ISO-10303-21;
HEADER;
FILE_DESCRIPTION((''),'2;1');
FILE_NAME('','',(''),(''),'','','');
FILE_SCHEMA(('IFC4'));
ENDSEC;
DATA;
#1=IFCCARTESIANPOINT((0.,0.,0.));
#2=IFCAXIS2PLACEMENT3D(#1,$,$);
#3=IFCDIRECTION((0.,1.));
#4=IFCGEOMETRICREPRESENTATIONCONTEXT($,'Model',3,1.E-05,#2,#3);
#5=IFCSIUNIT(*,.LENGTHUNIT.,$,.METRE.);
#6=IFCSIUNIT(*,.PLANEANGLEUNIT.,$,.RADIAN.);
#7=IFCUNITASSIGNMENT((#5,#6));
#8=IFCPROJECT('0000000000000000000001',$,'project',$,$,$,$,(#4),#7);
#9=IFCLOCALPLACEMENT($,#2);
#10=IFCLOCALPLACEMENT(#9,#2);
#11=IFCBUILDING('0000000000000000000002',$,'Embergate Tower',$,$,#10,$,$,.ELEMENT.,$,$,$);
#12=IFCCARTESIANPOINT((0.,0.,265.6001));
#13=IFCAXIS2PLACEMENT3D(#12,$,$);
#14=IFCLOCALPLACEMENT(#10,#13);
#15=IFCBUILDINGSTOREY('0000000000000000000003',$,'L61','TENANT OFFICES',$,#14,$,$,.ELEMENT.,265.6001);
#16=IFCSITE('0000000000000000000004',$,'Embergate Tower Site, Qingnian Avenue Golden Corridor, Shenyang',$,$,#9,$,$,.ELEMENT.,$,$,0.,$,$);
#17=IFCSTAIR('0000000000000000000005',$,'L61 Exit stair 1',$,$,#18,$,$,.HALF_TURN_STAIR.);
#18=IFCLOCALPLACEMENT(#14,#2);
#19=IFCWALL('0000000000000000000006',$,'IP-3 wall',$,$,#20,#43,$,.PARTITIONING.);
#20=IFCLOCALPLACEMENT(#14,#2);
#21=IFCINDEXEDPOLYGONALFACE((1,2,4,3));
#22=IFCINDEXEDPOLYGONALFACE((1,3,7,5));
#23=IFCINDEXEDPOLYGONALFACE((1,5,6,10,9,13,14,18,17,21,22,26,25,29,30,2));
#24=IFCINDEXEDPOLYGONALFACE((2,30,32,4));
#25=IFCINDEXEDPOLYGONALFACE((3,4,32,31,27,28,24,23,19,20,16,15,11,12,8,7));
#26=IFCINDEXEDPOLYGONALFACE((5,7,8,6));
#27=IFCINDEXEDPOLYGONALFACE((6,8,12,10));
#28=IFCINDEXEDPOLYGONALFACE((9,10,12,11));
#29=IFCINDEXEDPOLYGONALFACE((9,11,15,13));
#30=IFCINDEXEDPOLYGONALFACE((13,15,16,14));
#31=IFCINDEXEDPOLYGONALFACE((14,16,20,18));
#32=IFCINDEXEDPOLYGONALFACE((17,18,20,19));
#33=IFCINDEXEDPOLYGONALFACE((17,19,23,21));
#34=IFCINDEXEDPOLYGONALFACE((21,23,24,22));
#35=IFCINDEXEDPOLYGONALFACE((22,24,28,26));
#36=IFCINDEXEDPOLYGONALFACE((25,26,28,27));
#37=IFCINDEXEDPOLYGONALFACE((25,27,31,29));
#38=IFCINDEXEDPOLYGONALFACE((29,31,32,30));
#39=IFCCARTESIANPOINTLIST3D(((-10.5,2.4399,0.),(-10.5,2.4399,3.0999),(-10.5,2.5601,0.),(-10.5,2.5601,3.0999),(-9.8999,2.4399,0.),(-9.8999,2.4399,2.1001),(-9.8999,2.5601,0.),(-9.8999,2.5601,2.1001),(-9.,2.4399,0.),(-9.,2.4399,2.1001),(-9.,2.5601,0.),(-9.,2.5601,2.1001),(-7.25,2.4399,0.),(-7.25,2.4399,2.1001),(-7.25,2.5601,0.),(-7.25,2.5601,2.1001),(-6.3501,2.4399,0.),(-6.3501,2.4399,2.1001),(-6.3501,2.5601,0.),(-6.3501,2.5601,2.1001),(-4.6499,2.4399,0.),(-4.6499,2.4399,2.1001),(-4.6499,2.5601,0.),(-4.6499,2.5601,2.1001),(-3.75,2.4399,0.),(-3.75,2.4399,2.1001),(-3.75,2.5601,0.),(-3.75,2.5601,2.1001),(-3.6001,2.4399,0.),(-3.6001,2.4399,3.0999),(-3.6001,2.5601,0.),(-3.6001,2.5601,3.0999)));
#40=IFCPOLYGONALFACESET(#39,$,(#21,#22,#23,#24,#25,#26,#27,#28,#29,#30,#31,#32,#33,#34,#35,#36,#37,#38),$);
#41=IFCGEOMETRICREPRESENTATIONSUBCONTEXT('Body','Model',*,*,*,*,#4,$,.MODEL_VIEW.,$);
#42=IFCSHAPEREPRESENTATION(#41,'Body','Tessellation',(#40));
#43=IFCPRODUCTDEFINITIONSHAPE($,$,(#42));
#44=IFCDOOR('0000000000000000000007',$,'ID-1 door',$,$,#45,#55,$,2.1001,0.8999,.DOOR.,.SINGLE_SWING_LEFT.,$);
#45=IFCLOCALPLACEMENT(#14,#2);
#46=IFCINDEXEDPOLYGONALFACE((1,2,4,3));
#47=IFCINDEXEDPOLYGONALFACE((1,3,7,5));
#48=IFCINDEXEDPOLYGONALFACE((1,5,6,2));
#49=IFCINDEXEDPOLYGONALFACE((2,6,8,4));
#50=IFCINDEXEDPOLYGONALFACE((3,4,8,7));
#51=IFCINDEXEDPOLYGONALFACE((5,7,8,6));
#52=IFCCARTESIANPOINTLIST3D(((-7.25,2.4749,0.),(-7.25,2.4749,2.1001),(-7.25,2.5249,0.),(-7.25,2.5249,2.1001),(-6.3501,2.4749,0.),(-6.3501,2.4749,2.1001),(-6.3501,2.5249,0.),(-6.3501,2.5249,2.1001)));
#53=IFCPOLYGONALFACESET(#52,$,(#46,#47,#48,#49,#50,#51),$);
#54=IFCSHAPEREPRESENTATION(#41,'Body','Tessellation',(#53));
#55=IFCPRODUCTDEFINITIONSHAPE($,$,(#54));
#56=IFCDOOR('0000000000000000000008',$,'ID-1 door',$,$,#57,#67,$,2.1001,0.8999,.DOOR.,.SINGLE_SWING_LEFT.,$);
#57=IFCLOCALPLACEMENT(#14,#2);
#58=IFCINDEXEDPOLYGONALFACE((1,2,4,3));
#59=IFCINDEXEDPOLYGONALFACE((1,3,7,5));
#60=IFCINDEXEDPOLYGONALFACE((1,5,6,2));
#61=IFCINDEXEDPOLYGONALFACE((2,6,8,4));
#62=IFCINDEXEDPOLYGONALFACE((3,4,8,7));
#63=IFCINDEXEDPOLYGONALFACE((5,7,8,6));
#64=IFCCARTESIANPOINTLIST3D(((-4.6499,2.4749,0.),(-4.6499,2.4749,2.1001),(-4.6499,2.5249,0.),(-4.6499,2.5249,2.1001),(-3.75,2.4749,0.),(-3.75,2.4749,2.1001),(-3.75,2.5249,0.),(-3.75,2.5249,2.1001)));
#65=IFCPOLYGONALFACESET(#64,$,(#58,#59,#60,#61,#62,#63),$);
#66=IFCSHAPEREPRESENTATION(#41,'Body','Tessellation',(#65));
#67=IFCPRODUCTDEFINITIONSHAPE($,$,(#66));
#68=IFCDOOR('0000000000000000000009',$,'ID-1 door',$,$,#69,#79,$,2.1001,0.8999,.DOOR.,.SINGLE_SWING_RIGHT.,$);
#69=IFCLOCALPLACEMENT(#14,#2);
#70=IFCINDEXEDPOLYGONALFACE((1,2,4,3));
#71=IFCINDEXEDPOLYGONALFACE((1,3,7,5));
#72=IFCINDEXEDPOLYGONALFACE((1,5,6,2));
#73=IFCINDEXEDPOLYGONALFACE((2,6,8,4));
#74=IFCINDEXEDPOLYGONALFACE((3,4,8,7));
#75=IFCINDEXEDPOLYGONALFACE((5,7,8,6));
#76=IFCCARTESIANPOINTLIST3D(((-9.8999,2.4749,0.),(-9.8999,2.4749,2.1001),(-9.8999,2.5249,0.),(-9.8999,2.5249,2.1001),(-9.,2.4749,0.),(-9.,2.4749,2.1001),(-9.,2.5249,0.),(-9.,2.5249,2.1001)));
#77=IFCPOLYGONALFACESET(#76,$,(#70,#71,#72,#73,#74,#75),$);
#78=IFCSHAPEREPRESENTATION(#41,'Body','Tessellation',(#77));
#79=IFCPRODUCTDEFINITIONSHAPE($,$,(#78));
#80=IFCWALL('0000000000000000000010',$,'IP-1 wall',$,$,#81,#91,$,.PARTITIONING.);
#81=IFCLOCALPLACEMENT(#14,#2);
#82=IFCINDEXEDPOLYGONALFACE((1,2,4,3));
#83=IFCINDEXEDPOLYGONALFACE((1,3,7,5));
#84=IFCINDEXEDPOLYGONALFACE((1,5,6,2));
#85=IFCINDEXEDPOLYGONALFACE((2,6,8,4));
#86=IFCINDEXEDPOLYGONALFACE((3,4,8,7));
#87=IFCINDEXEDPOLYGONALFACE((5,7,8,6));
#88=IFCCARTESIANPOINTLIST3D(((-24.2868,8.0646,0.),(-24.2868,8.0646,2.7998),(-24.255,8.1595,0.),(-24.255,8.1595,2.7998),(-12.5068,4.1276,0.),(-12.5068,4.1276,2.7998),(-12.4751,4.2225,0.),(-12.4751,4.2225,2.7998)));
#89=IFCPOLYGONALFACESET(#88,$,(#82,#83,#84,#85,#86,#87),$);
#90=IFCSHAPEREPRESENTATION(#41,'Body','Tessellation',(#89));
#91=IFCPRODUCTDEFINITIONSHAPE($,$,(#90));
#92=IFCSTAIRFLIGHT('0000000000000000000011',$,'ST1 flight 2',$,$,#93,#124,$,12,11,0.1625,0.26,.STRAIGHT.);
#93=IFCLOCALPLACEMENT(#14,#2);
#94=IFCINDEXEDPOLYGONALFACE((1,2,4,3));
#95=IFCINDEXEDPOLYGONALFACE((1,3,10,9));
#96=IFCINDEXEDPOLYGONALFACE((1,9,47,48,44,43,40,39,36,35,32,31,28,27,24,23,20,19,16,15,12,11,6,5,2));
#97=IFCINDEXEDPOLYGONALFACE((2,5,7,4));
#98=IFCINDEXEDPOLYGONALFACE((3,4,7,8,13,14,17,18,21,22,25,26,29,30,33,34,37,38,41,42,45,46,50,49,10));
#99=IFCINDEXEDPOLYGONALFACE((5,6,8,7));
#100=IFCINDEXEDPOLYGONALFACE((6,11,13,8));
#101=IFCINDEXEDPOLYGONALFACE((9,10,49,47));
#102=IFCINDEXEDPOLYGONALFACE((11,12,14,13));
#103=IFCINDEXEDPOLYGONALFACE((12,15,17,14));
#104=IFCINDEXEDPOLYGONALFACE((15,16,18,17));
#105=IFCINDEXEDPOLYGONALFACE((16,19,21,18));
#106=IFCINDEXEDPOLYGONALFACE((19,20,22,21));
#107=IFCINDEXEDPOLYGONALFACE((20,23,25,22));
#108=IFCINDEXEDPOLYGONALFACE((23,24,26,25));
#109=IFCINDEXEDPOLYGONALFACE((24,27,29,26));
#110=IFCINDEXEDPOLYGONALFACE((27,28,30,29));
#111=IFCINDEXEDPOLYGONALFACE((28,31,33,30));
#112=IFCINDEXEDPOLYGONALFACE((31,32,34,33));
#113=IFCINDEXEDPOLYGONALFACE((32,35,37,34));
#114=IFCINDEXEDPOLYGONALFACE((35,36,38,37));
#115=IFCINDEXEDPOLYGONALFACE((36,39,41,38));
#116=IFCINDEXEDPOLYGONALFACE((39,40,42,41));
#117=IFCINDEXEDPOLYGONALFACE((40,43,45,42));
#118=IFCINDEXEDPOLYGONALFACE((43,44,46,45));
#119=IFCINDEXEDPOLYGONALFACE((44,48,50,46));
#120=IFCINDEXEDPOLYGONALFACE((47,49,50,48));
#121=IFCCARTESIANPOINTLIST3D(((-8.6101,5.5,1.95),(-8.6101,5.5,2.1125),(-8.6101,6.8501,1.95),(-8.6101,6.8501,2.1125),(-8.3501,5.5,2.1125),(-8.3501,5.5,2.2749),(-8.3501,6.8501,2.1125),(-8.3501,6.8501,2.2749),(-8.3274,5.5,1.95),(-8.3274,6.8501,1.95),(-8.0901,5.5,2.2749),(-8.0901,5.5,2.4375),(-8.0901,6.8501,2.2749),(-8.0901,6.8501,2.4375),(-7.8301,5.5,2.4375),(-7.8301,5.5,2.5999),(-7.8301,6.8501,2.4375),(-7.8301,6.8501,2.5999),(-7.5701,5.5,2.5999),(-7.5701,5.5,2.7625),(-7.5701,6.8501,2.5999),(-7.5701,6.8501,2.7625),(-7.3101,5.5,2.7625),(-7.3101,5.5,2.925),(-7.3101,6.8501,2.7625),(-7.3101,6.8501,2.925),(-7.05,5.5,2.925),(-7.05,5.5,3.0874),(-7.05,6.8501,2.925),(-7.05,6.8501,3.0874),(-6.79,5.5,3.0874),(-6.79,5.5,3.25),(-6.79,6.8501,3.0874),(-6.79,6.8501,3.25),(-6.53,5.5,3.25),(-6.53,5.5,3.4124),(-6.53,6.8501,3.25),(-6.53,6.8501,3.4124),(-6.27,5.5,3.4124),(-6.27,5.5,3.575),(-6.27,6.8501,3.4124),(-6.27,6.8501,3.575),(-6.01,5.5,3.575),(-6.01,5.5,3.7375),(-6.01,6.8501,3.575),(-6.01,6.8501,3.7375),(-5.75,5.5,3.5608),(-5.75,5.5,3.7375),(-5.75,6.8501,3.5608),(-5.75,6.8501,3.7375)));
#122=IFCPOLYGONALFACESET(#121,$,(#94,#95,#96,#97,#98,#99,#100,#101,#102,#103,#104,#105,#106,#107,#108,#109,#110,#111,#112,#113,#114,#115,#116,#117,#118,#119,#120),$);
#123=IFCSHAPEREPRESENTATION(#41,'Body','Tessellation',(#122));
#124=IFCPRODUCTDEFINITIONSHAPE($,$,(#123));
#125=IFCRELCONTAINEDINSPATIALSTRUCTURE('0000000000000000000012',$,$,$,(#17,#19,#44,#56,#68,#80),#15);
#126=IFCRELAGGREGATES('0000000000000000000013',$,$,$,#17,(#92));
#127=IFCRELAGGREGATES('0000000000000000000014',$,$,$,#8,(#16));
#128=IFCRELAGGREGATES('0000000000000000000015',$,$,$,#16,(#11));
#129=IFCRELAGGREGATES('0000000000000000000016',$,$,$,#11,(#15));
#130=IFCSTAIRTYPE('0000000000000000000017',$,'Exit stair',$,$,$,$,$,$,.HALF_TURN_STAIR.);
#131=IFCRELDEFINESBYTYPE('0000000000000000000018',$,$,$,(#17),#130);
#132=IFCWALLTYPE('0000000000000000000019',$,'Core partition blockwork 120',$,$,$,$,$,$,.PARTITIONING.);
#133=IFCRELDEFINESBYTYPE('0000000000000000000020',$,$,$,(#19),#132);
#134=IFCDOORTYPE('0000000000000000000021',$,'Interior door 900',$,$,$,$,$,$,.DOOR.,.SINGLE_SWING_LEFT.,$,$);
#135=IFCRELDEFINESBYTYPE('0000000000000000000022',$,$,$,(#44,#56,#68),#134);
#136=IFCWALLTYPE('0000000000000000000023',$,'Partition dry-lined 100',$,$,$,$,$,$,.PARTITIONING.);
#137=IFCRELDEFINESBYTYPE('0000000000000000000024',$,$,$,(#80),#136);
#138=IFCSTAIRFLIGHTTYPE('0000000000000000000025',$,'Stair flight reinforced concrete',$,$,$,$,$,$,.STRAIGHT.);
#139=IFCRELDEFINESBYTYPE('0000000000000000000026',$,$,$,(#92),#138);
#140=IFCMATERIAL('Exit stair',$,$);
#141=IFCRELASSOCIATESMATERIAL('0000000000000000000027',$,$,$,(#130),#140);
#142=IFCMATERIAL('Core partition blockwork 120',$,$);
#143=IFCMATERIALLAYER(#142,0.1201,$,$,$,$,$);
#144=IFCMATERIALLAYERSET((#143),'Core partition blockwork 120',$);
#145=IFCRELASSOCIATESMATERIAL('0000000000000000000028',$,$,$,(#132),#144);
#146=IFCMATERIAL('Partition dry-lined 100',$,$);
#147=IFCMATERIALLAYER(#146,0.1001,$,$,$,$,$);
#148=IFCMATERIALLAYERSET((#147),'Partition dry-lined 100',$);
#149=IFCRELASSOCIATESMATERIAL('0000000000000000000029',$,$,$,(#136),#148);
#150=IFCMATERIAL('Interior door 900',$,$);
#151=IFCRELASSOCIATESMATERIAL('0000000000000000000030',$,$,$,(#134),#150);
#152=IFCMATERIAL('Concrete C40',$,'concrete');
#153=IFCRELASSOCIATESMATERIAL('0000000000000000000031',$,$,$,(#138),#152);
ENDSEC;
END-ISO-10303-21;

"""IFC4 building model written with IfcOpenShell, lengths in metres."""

from ifc_helpers import new_model, si_unit, direction, frame, frame_2d, origin, place, context, subcontext, project, spatial, polyline, rectangle, outline, extrude, source, transform, mapped, material, layer, layer_set, type_object, element, fill, aggregate, save


model = new_model("IFC4")

# Units and contexts
model_context = context("Model", 3, precision=1e-05, world=origin(), true_north=direction((0.0, 1.0)))
body_context = subcontext(model_context, "Body", "Model", "MODEL_VIEW")
ifc_project = project(units=[si_unit("LENGTHUNIT", "METRE"), si_unit("PLANEANGLEUNIT", "RADIAN")], contexts=[model_context])

# Site, building, storey
site_placement = place(None, origin())
site = spatial("IfcSite", under=ifc_project, at=site_placement, Name="Embergate Tower Site, Qingnian Avenue Golden Corridor, Shenyang", CompositionType="ELEMENT", RefElevation=0.0)
building_placement = place(site_placement, origin())
building = spatial("IfcBuilding", under=site, at=building_placement, Name="Embergate Tower", CompositionType="ELEMENT")
storey_placement = place(building_placement, frame((0.0, 0.0, 265.6001)))
storey = spatial("IfcBuildingStorey", under=building, at=storey_placement, Name="L61", Description="TENANT OFFICES", CompositionType="ELEMENT", Elevation=265.6001)

# Stair
ifc_material_1 = material(Name="Exit stair")
stair_type = type_object("IfcStairType", Name="Exit stair", PredefinedType="HALF_TURN_STAIR", material=ifc_material_1)
stair_placement = place(storey_placement, origin())
stair = element("IfcStair", 1, at=stair_placement, inside=storey, type_object=stair_type, Name="L61 Exit stair 1", PredefinedType="HALF_TURN_STAIR")
ifc_material_2 = material(Name="Concrete C40", Category="concrete")

# Shared definitions
ifc_material_3 = material(Name="Core partition blockwork 120")
ifc_layer_1 = layer(ifc_material_3, 0.1201)
ifc_layer_set_1 = layer_set([ifc_layer_1], Name="Core partition blockwork 120")
wall_type_1 = type_object("IfcWallType", Name="Core partition blockwork 120", PredefinedType="PARTITIONING", material=ifc_layer_set_1)
ifc_material_4 = material(Name="Partition dry-lined 100")
ifc_layer_2 = layer(ifc_material_4, 0.1001)
ifc_layer_set_2 = layer_set([ifc_layer_2], Name="Partition dry-lined 100")
wall_type_2 = type_object("IfcWallType", Name="Partition dry-lined 100", PredefinedType="PARTITIONING", material=ifc_layer_set_2)

# Wall, openings, doors
shared_shape_1 = source(origin(), body_context, "Body", "SweptSolid", [
    extrude(rectangle(XDim=6.8999, YDim=0.1201, at=frame_2d((3.45, 0.0))), origin(), (0.0, 0.0, 1.0), 3.0999),
])
wall_1_placement = place(storey_placement, frame((-10.5, 2.5, 0.0), z_axis=(0.0, 0.0, 1.0), x_axis=(1.0, 0.0, 0.0)))
wall_1 = element("IfcWall", 2, at=wall_1_placement, inside=storey, type_object=wall_type_1, Name="IP-3 wall", PredefinedType="PARTITIONING", context=body_context, shape_type="MappedRepresentation", body=[
    mapped(shared_shape_1, transform((0.0, 0.0, 0.0))),
])
shared_shape_2 = source(origin(), body_context, "Body", "SweptSolid", [
    extrude(rectangle(XDim=0.8999, YDim=2.1001, at=frame_2d((0.45, 1.05))), frame((0.0, 0.0701, 0.0), z_axis=(0.0, -1.0, 0.0), x_axis=(1.0, 0.0, 0.0)), (0.0, 0.0, 1.0), 0.1401),
])
opening_1_placement = place(wall_1_placement, frame((3.25, 0.0, 0.0)))
opening_1 = element("IfcOpeningElement", 3, at=opening_1_placement, cuts=wall_1, PredefinedType="OPENING", context=body_context, shape_type="MappedRepresentation", body=[
    mapped(shared_shape_2, transform((0.0, 0.0, 0.0))),
])
opening_2_placement = place(wall_1_placement, frame((5.8501, 0.0, 0.0)))
opening_2 = element("IfcOpeningElement", 4, at=opening_2_placement, cuts=wall_1, PredefinedType="OPENING", context=body_context, shape_type="MappedRepresentation", body=[
    mapped(shared_shape_2, transform((0.0, 0.0, 0.0))),
])
opening_3_placement = place(wall_1_placement, frame((0.6001, 0.0, 0.0)))
opening_3 = element("IfcOpeningElement", 5, at=opening_3_placement, cuts=wall_1, PredefinedType="OPENING", context=body_context, shape_type="MappedRepresentation", body=[
    mapped(shared_shape_2, transform((0.0, 0.0, 0.0))),
])
ifc_material_5 = material(Name="Interior door 900")
door_type_1 = type_object("IfcDoorType", Name="Interior door 900", OperationType="SINGLE_SWING_LEFT", PredefinedType="DOOR", material=ifc_material_5)
shared_shape_3 = source(origin(), body_context, "Body", "SweptSolid", [
    extrude(rectangle(XDim=0.8999, YDim=2.1001, at=frame_2d((0.45, 1.05))), frame((0.0, 0.0249, 0.0), z_axis=(0.0, -1.0, 0.0), x_axis=(1.0, 0.0, 0.0)), (0.0, 0.0, 1.0), 0.05),
])
door_1_placement = place(opening_1_placement, origin())
door_1 = element("IfcDoor", 6, at=door_1_placement, inside=storey, type_object=door_type_1, Name="ID-1 door", OperationType="SINGLE_SWING_LEFT", OverallHeight=2.1001, OverallWidth=0.8999, PredefinedType="DOOR", context=body_context, shape_type="MappedRepresentation", body=[
    mapped(shared_shape_3, transform((0.0, 0.0, 0.0))),
])
fill(opening_1, door_1)
door_2_placement = place(opening_2_placement, origin())
door_2 = element("IfcDoor", 7, at=door_2_placement, inside=storey, type_object=door_type_1, Name="ID-1 door", OperationType="SINGLE_SWING_LEFT", OverallHeight=2.1001, OverallWidth=0.8999, PredefinedType="DOOR", context=body_context, shape_type="MappedRepresentation", body=[
    mapped(shared_shape_3, transform((0.0, 0.0, 0.0))),
])
fill(opening_2, door_2)
door_3_placement = place(opening_3_placement, origin())
door_3 = element("IfcDoor", 8, at=door_3_placement, inside=storey, type_object=door_type_1, Name="ID-1 door", OperationType="SINGLE_SWING_RIGHT", OverallHeight=2.1001, OverallWidth=0.8999, PredefinedType="DOOR", context=body_context, shape_type="MappedRepresentation", body=[
    mapped(shared_shape_3, transform((0.0, 0.0, 0.0))),
])
fill(opening_3, door_3)

# Wall
shared_shape_4 = source(origin(), body_context, "Body", "SweptSolid", [
    extrude(rectangle(XDim=12.4204, YDim=0.1001, at=frame_2d((6.2102, 0.0))), origin(), (0.0, 0.0, 1.0), 2.7998),
])
wall_2_placement = place(storey_placement, frame((-12.491, 4.175, 0.0), z_axis=(0.0, 0.0, 1.0), x_axis=(-0.948433, 0.316977, 0.0)))
element("IfcWall", 9, at=wall_2_placement, inside=storey, type_object=wall_type_2, Name="IP-1 wall", PredefinedType="PARTITIONING", context=body_context, shape_type="MappedRepresentation", body=[
    mapped(shared_shape_4, transform((0.0, 0.0, 0.0))),
])

# Stair flight
stair_flight_type = type_object("IfcStairFlightType", Name="Stair flight reinforced concrete", PredefinedType="STRAIGHT", material=ifc_material_2)
shared_shape_5 = source(origin(), body_context, "Body", "SweptSolid", [
    extrude(outline(polyline([(0.0, 0.0), (0.0, 0.1626), (0.26, 0.1626), (0.26, 0.325), (0.52, 0.325), (0.52, 0.4875), (0.78, 0.4875), (0.78, 0.6499), (1.04, 0.6499), (1.04, 0.8125), (1.3, 0.8125), (1.3, 0.9751), (1.5601, 0.9751), (1.5601, 1.1375), (1.8201, 1.1375), (1.8201, 1.3), (2.0801, 1.3), (2.0801, 1.4624), (2.3401, 1.4624), (2.3401, 1.625), (2.6001, 1.625), (2.6001, 1.7876), (2.8601, 1.7876), (2.8601, 1.95), (2.8601, 1.6108), (0.2827, 0.0), (0.0, 0.0)])), frame((0.0, 0.675, 0.0), z_axis=(0.0, -1.0, 0.0), x_axis=(1.0, 0.0, 0.0)), (0.0, 0.0, 1.0), 1.3501),
])
stair_flight_placement = place(storey_placement, frame((-8.6101, 6.175, 1.95), z_axis=(0.0, 0.0, 1.0), x_axis=(1.0, 0.0, 0.0)))
stair_flight = element("IfcStairFlight", 10, at=stair_flight_placement, type_object=stair_flight_type, Name="ST1 flight 2", NumberOfRisers=12, NumberOfTreads=11, PredefinedType="STRAIGHT", RiserHeight=0.1625, TreadLength=0.26, context=body_context, shape_type="MappedRepresentation", body=[
    mapped(shared_shape_5, transform((0.0, 0.0, 0.0))),
])
aggregate(stair, [stair_flight])

save(model, "model.ifc")
